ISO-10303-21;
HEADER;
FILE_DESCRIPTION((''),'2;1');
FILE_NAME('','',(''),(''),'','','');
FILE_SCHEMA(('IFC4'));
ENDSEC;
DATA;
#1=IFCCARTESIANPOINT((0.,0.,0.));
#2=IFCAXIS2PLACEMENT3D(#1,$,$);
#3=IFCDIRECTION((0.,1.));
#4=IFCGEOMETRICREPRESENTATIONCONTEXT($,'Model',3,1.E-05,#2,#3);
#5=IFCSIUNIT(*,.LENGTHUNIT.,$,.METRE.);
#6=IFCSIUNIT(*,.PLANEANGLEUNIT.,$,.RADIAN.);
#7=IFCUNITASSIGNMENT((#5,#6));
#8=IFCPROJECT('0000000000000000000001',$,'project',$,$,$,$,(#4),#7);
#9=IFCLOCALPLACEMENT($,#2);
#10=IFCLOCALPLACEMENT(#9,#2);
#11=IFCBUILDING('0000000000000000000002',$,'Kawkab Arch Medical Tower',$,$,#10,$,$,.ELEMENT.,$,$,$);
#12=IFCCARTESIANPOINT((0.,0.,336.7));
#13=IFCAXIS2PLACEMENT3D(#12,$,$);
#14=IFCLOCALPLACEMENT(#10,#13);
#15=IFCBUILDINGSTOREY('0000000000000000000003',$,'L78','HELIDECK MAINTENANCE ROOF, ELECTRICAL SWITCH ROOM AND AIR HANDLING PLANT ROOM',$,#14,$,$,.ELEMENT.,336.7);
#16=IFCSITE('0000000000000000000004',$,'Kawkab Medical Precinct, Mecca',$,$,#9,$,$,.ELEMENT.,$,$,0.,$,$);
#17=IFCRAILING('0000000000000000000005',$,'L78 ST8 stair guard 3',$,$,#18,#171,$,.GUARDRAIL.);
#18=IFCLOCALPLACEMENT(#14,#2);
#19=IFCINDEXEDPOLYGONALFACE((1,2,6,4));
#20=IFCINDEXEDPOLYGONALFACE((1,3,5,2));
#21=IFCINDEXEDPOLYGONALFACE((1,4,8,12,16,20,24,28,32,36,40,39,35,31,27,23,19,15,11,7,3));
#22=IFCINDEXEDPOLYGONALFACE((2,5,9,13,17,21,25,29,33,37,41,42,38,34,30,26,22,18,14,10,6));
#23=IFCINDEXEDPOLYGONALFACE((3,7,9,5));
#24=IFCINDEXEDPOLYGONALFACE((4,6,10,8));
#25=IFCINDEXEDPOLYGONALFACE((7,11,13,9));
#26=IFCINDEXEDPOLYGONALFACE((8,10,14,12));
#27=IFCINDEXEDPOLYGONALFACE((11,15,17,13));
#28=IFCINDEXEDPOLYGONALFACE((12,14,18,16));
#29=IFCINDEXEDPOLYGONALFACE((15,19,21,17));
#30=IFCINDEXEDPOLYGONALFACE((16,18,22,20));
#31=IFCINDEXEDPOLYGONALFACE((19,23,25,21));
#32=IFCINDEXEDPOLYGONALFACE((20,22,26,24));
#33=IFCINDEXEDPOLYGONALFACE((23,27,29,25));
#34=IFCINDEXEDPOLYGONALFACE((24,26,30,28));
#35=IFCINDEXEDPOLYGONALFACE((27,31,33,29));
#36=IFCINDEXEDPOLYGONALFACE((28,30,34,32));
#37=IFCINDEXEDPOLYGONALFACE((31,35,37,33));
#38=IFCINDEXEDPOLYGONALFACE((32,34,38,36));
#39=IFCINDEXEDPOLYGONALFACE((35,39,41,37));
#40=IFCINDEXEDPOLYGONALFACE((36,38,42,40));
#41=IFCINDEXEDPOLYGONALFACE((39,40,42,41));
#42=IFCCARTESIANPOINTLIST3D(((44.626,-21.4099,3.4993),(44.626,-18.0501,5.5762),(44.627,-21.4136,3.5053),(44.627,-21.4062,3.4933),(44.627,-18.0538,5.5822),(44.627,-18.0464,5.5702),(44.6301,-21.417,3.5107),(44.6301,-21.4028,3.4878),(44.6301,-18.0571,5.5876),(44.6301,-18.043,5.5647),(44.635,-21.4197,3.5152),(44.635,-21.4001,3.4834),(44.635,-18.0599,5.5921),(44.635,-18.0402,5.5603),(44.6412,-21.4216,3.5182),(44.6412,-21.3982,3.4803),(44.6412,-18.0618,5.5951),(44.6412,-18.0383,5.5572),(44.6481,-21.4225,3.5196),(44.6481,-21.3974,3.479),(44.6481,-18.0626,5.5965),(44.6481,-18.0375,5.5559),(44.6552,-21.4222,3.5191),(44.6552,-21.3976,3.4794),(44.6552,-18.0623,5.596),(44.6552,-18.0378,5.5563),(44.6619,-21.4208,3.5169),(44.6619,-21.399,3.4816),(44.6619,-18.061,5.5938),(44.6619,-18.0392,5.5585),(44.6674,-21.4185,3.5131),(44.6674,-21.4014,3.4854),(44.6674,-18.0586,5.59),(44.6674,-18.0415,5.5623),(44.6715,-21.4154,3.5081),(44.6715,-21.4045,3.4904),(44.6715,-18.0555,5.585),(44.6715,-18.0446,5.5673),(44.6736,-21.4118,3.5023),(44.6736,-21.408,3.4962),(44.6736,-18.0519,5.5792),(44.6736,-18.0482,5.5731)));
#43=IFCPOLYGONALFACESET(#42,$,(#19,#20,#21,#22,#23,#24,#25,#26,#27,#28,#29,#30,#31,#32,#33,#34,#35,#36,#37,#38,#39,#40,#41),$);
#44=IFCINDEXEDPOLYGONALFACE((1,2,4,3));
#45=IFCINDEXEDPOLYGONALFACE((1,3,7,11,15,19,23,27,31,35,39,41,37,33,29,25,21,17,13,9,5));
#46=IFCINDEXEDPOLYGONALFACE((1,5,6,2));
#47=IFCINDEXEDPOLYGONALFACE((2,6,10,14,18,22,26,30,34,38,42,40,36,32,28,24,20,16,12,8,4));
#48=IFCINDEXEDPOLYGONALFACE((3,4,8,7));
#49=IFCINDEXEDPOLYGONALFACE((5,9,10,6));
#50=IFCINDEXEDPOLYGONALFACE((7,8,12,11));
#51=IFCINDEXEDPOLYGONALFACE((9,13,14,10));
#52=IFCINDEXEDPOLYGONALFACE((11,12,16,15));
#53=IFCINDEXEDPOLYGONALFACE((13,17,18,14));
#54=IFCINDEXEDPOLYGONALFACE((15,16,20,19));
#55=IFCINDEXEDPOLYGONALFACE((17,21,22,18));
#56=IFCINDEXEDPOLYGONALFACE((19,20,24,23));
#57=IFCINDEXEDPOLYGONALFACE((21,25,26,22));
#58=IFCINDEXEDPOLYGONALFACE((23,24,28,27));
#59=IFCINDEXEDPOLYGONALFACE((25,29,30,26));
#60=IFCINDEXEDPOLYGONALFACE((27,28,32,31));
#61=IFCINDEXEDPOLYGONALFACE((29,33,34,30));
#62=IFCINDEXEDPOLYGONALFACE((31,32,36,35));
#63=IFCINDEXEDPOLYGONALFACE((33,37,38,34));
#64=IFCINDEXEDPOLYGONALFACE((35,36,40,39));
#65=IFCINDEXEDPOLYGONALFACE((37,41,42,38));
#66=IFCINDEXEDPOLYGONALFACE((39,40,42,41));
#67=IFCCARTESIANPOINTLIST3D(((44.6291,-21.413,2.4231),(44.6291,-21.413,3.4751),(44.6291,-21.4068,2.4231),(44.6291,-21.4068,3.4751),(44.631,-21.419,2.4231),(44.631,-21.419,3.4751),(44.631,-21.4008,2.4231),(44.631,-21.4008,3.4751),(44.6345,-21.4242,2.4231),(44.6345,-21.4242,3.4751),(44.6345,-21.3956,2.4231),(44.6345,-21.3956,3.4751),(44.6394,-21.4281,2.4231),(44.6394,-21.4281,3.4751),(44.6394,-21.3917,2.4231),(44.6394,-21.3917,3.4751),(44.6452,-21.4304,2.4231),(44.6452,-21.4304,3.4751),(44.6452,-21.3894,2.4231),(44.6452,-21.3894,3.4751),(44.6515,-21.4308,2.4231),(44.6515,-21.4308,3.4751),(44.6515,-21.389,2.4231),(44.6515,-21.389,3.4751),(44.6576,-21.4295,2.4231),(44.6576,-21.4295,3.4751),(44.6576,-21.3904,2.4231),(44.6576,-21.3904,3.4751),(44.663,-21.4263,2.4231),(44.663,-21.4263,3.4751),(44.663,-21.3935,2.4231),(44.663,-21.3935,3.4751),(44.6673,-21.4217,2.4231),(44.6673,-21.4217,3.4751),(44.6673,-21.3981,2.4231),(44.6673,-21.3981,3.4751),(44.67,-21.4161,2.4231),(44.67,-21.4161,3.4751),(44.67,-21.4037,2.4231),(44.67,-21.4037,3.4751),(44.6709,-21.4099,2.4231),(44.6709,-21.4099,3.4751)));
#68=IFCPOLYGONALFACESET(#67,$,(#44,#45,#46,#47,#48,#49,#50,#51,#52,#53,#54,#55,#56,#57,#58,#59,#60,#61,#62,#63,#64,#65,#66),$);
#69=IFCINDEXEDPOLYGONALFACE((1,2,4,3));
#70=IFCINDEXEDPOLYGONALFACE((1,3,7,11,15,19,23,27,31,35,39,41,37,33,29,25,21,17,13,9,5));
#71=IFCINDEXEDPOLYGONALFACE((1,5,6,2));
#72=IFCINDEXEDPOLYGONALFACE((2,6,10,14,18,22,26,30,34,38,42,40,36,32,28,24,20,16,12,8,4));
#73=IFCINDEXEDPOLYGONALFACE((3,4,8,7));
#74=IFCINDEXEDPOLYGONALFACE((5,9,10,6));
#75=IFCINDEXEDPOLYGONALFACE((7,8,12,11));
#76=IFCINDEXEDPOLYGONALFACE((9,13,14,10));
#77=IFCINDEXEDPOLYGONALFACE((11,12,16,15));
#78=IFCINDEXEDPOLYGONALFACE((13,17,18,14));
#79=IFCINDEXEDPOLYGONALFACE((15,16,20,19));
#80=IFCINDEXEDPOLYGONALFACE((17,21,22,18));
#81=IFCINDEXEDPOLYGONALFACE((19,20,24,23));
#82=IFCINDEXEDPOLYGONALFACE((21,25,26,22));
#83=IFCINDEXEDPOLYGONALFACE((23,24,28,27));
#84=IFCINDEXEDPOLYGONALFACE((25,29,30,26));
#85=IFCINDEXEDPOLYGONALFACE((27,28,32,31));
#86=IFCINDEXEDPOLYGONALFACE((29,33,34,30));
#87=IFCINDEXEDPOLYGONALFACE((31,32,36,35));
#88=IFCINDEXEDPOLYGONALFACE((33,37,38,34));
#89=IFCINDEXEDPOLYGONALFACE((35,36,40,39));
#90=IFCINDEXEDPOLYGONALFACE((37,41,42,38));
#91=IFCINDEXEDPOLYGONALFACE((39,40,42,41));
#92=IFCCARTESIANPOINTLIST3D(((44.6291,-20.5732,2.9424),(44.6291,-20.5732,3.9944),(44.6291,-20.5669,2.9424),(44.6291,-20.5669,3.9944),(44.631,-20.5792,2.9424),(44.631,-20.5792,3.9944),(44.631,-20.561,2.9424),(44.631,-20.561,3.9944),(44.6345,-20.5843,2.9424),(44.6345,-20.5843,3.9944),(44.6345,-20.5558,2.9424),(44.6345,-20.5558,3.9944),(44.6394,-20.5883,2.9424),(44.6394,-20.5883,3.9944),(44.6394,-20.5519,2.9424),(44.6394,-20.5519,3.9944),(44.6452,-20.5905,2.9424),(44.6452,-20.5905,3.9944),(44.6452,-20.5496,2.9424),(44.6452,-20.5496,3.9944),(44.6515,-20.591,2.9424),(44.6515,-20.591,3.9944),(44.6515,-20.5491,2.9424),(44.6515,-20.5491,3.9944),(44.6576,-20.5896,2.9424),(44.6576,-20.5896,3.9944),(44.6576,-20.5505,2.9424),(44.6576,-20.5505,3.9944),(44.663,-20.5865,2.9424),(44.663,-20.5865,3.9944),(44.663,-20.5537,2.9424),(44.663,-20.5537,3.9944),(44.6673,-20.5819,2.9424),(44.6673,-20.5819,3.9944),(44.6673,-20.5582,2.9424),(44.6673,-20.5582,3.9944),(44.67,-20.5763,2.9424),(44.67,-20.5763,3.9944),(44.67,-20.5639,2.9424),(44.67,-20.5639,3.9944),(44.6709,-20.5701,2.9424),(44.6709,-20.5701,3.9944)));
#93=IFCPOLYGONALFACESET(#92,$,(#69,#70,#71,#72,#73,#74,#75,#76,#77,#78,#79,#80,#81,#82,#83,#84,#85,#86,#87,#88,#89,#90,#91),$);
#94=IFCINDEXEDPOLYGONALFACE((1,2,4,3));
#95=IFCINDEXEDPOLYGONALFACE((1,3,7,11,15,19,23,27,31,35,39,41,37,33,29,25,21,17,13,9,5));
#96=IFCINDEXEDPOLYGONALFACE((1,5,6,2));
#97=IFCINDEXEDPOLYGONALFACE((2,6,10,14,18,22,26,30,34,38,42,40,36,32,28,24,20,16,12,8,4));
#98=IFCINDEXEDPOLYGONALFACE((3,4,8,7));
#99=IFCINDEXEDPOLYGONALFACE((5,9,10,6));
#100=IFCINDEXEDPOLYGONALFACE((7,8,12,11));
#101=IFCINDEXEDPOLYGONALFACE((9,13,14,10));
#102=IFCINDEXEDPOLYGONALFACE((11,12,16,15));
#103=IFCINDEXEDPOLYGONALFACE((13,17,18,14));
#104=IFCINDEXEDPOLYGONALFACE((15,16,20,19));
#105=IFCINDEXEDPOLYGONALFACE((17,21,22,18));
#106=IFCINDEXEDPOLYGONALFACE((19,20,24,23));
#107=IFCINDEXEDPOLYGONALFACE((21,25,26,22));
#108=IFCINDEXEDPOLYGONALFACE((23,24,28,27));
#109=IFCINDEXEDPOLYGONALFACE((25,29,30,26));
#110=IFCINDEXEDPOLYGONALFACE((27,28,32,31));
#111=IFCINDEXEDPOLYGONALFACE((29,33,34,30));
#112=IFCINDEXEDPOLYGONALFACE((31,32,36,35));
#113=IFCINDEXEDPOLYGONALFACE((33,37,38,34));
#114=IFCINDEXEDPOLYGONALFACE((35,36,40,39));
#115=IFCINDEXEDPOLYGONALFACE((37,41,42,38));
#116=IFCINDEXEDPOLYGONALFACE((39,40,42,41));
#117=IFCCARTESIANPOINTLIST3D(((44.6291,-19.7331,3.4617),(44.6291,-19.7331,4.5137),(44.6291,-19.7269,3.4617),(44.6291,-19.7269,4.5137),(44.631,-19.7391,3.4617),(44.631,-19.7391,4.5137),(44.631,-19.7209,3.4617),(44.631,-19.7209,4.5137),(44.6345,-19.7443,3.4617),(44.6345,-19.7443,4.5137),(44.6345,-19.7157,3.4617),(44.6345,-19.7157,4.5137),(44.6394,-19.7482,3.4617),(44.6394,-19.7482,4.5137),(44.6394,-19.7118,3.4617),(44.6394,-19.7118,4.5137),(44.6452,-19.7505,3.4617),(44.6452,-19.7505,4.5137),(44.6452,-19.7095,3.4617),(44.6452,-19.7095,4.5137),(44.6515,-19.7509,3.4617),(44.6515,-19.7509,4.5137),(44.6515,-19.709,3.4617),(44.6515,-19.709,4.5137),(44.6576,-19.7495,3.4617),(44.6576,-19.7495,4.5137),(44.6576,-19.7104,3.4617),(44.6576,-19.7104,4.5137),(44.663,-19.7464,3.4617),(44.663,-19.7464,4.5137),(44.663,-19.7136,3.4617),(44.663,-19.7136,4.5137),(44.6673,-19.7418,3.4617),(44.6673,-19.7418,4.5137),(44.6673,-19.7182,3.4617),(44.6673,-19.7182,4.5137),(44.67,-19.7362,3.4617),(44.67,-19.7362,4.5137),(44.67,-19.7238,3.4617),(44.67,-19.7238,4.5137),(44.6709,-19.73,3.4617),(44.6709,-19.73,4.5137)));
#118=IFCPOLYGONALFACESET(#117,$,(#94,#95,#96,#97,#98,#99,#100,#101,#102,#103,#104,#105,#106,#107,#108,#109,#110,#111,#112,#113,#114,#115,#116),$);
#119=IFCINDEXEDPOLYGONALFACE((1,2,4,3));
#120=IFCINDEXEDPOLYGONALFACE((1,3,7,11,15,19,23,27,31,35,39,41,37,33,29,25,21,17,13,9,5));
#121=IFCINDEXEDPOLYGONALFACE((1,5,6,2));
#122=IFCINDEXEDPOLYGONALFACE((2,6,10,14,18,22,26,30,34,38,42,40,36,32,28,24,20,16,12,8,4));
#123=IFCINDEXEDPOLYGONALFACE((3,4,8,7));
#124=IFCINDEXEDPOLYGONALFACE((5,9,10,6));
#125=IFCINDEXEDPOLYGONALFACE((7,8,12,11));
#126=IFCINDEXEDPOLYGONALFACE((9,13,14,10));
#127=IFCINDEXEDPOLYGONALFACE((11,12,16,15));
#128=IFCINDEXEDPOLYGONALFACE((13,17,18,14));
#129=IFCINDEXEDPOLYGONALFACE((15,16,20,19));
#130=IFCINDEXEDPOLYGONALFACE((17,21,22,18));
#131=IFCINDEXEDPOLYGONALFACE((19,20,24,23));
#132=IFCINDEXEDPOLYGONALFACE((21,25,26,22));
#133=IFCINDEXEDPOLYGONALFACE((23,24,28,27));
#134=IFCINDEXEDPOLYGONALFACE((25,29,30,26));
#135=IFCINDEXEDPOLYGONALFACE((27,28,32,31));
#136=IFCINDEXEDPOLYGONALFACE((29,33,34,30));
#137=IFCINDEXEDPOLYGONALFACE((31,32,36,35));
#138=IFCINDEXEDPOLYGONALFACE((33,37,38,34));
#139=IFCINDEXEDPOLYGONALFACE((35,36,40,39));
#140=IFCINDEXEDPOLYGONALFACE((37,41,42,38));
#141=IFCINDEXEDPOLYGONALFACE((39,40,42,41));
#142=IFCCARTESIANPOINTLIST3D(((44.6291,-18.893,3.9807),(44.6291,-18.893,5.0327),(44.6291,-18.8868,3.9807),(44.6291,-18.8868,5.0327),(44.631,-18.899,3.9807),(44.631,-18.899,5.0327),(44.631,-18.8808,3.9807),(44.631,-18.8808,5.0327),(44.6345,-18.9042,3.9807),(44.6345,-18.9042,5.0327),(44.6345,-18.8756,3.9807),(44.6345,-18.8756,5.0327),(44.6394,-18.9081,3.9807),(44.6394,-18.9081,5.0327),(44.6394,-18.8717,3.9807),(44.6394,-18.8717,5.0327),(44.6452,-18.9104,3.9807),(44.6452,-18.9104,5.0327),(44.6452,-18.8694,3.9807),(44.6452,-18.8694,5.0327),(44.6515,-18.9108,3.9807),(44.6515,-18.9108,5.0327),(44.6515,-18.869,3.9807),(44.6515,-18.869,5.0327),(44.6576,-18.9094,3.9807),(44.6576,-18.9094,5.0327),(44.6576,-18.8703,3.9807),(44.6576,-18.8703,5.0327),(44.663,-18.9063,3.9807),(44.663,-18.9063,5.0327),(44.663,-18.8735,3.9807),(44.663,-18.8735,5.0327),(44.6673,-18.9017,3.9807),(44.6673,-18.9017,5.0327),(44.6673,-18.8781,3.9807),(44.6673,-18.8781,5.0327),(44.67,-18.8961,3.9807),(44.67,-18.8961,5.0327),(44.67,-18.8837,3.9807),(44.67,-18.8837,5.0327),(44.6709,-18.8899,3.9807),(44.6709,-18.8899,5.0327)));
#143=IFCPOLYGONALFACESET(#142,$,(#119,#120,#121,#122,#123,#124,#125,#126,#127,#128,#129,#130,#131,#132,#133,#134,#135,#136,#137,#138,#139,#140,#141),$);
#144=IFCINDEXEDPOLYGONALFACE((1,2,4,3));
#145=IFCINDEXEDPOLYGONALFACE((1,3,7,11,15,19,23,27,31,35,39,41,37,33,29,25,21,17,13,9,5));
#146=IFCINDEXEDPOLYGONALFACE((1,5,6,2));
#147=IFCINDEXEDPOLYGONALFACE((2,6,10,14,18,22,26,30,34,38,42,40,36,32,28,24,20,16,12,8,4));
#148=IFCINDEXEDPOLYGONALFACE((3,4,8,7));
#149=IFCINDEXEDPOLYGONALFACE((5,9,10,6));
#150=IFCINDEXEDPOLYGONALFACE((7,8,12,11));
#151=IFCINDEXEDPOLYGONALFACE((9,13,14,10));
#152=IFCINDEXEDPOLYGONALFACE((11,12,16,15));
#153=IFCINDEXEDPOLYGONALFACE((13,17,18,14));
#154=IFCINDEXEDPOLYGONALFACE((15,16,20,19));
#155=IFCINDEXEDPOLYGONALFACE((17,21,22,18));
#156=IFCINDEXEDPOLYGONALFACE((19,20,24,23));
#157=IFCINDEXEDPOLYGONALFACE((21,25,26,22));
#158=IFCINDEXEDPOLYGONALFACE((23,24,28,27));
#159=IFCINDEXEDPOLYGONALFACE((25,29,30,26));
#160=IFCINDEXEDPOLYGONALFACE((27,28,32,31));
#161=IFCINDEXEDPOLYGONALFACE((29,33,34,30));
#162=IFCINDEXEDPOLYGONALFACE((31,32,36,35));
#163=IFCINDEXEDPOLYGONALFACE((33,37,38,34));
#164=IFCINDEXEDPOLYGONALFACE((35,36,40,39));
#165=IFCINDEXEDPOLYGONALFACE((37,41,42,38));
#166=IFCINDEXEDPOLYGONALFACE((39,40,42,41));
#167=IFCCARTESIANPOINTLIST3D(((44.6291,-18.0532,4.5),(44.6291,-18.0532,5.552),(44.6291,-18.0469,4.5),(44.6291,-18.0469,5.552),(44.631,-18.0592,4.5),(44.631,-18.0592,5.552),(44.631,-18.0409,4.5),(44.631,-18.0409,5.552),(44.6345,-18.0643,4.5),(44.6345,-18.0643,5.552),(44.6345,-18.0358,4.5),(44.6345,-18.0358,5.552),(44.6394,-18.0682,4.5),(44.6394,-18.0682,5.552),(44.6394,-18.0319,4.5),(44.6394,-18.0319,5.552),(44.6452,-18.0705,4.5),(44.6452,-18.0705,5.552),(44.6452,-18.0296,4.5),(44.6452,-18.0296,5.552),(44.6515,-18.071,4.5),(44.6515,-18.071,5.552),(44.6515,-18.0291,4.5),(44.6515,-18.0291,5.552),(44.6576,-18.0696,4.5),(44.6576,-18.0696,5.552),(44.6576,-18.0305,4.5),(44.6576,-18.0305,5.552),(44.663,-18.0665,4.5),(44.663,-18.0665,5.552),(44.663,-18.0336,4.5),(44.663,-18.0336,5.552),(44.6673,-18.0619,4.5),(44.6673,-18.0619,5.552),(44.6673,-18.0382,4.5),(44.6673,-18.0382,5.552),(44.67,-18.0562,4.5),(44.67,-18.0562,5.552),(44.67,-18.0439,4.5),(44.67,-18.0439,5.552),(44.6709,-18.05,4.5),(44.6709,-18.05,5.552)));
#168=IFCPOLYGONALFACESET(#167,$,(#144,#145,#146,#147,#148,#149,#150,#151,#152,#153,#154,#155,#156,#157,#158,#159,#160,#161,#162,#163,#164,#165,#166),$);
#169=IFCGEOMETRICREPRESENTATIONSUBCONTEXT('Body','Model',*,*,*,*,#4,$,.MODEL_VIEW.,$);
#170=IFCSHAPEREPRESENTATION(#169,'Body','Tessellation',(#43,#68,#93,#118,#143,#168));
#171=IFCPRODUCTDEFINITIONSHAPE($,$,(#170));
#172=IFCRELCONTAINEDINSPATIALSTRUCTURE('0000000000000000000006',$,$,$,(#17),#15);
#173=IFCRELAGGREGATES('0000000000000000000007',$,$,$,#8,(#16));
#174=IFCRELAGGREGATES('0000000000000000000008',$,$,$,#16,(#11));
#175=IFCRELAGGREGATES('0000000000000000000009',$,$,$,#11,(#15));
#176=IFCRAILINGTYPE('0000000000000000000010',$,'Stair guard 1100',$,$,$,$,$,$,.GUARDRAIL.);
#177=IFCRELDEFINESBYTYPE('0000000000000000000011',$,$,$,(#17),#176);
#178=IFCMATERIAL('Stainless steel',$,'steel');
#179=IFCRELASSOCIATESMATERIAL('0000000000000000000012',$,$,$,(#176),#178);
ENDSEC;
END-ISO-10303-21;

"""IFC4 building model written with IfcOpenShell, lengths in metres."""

from ifc_helpers import new_model, si_unit, direction, frame, origin, origin_2d, place, context, subcontext, project, spatial, circle, extrude, material, type_object, element, save


model = new_model("IFC4")

# Units and contexts
model_context = context("Model", 3, precision=1e-05, world=origin(), true_north=direction((0.0, 1.0)))
body_context = subcontext(model_context, "Body", "Model", "MODEL_VIEW")
ifc_project = project(units=[si_unit("LENGTHUNIT", "METRE"), si_unit("PLANEANGLEUNIT", "RADIAN")], contexts=[model_context])

# Site, building, storey
site_placement = place(None, origin())
site = spatial("IfcSite", under=ifc_project, at=site_placement, Name="Kawkab Medical Precinct, Mecca", CompositionType="ELEMENT", RefElevation=0.0)
building_placement = place(site_placement, origin())
building = spatial("IfcBuilding", under=site, at=building_placement, Name="Kawkab Arch Medical Tower", CompositionType="ELEMENT")
storey_placement = place(building_placement, frame((0.0, 0.0, 336.7)))
storey = spatial("IfcBuildingStorey", under=building, at=storey_placement, Name="L78", Description="HELIDECK MAINTENANCE ROOF, ELECTRICAL SWITCH ROOM AND AIR HANDLING PLANT ROOM", CompositionType="ELEMENT", Elevation=336.7)

# Railing
ifc_material_1 = material(Name="Stainless steel", Category="steel")
railing_type = type_object("IfcRailingType", Name="Stair guard 1100", PredefinedType="GUARDRAIL", material=ifc_material_1)
railing_1_placement = place(storey_placement, frame((44.6499, -21.4099, 2.4231)))
element("IfcRailing", 1, at=railing_1_placement, inside=storey, type_object=railing_type, Name="L78 ST8 stair guard 3", PredefinedType="GUARDRAIL", context=body_context, shape_type="SweptSolid", body=[
    extrude(circle(Radius=0.0239, at=origin_2d()), frame((0.0, 0.0, 1.0762), z_axis=(0.0, 0.850606, 0.525803), x_axis=(-1.0, 0.0, 0.0)), (0.0, 0.0, 1.0), 3.95),
    extrude(circle(Radius=0.021, at=origin_2d()), origin(), (0.0, 0.0, 1.0), 1.052),
    extrude(circle(Radius=0.021, at=origin_2d()), frame((0.0, 0.8398, 0.5193)), (0.0, 0.0, 1.0), 1.052),
    extrude(circle(Radius=0.021, at=origin_2d()), frame((0.0, 1.6799, 1.0386)), (0.0, 0.0, 1.0), 1.052),
    extrude(circle(Radius=0.021, at=origin_2d()), frame((0.0, 2.52, 1.5576)), (0.0, 0.0, 1.0), 1.052),
    extrude(circle(Radius=0.021, at=origin_2d()), frame((0.0, 3.3599, 2.0769)), (0.0, 0.0, 1.0), 1.052),
])

save(model, "model.ifc")
